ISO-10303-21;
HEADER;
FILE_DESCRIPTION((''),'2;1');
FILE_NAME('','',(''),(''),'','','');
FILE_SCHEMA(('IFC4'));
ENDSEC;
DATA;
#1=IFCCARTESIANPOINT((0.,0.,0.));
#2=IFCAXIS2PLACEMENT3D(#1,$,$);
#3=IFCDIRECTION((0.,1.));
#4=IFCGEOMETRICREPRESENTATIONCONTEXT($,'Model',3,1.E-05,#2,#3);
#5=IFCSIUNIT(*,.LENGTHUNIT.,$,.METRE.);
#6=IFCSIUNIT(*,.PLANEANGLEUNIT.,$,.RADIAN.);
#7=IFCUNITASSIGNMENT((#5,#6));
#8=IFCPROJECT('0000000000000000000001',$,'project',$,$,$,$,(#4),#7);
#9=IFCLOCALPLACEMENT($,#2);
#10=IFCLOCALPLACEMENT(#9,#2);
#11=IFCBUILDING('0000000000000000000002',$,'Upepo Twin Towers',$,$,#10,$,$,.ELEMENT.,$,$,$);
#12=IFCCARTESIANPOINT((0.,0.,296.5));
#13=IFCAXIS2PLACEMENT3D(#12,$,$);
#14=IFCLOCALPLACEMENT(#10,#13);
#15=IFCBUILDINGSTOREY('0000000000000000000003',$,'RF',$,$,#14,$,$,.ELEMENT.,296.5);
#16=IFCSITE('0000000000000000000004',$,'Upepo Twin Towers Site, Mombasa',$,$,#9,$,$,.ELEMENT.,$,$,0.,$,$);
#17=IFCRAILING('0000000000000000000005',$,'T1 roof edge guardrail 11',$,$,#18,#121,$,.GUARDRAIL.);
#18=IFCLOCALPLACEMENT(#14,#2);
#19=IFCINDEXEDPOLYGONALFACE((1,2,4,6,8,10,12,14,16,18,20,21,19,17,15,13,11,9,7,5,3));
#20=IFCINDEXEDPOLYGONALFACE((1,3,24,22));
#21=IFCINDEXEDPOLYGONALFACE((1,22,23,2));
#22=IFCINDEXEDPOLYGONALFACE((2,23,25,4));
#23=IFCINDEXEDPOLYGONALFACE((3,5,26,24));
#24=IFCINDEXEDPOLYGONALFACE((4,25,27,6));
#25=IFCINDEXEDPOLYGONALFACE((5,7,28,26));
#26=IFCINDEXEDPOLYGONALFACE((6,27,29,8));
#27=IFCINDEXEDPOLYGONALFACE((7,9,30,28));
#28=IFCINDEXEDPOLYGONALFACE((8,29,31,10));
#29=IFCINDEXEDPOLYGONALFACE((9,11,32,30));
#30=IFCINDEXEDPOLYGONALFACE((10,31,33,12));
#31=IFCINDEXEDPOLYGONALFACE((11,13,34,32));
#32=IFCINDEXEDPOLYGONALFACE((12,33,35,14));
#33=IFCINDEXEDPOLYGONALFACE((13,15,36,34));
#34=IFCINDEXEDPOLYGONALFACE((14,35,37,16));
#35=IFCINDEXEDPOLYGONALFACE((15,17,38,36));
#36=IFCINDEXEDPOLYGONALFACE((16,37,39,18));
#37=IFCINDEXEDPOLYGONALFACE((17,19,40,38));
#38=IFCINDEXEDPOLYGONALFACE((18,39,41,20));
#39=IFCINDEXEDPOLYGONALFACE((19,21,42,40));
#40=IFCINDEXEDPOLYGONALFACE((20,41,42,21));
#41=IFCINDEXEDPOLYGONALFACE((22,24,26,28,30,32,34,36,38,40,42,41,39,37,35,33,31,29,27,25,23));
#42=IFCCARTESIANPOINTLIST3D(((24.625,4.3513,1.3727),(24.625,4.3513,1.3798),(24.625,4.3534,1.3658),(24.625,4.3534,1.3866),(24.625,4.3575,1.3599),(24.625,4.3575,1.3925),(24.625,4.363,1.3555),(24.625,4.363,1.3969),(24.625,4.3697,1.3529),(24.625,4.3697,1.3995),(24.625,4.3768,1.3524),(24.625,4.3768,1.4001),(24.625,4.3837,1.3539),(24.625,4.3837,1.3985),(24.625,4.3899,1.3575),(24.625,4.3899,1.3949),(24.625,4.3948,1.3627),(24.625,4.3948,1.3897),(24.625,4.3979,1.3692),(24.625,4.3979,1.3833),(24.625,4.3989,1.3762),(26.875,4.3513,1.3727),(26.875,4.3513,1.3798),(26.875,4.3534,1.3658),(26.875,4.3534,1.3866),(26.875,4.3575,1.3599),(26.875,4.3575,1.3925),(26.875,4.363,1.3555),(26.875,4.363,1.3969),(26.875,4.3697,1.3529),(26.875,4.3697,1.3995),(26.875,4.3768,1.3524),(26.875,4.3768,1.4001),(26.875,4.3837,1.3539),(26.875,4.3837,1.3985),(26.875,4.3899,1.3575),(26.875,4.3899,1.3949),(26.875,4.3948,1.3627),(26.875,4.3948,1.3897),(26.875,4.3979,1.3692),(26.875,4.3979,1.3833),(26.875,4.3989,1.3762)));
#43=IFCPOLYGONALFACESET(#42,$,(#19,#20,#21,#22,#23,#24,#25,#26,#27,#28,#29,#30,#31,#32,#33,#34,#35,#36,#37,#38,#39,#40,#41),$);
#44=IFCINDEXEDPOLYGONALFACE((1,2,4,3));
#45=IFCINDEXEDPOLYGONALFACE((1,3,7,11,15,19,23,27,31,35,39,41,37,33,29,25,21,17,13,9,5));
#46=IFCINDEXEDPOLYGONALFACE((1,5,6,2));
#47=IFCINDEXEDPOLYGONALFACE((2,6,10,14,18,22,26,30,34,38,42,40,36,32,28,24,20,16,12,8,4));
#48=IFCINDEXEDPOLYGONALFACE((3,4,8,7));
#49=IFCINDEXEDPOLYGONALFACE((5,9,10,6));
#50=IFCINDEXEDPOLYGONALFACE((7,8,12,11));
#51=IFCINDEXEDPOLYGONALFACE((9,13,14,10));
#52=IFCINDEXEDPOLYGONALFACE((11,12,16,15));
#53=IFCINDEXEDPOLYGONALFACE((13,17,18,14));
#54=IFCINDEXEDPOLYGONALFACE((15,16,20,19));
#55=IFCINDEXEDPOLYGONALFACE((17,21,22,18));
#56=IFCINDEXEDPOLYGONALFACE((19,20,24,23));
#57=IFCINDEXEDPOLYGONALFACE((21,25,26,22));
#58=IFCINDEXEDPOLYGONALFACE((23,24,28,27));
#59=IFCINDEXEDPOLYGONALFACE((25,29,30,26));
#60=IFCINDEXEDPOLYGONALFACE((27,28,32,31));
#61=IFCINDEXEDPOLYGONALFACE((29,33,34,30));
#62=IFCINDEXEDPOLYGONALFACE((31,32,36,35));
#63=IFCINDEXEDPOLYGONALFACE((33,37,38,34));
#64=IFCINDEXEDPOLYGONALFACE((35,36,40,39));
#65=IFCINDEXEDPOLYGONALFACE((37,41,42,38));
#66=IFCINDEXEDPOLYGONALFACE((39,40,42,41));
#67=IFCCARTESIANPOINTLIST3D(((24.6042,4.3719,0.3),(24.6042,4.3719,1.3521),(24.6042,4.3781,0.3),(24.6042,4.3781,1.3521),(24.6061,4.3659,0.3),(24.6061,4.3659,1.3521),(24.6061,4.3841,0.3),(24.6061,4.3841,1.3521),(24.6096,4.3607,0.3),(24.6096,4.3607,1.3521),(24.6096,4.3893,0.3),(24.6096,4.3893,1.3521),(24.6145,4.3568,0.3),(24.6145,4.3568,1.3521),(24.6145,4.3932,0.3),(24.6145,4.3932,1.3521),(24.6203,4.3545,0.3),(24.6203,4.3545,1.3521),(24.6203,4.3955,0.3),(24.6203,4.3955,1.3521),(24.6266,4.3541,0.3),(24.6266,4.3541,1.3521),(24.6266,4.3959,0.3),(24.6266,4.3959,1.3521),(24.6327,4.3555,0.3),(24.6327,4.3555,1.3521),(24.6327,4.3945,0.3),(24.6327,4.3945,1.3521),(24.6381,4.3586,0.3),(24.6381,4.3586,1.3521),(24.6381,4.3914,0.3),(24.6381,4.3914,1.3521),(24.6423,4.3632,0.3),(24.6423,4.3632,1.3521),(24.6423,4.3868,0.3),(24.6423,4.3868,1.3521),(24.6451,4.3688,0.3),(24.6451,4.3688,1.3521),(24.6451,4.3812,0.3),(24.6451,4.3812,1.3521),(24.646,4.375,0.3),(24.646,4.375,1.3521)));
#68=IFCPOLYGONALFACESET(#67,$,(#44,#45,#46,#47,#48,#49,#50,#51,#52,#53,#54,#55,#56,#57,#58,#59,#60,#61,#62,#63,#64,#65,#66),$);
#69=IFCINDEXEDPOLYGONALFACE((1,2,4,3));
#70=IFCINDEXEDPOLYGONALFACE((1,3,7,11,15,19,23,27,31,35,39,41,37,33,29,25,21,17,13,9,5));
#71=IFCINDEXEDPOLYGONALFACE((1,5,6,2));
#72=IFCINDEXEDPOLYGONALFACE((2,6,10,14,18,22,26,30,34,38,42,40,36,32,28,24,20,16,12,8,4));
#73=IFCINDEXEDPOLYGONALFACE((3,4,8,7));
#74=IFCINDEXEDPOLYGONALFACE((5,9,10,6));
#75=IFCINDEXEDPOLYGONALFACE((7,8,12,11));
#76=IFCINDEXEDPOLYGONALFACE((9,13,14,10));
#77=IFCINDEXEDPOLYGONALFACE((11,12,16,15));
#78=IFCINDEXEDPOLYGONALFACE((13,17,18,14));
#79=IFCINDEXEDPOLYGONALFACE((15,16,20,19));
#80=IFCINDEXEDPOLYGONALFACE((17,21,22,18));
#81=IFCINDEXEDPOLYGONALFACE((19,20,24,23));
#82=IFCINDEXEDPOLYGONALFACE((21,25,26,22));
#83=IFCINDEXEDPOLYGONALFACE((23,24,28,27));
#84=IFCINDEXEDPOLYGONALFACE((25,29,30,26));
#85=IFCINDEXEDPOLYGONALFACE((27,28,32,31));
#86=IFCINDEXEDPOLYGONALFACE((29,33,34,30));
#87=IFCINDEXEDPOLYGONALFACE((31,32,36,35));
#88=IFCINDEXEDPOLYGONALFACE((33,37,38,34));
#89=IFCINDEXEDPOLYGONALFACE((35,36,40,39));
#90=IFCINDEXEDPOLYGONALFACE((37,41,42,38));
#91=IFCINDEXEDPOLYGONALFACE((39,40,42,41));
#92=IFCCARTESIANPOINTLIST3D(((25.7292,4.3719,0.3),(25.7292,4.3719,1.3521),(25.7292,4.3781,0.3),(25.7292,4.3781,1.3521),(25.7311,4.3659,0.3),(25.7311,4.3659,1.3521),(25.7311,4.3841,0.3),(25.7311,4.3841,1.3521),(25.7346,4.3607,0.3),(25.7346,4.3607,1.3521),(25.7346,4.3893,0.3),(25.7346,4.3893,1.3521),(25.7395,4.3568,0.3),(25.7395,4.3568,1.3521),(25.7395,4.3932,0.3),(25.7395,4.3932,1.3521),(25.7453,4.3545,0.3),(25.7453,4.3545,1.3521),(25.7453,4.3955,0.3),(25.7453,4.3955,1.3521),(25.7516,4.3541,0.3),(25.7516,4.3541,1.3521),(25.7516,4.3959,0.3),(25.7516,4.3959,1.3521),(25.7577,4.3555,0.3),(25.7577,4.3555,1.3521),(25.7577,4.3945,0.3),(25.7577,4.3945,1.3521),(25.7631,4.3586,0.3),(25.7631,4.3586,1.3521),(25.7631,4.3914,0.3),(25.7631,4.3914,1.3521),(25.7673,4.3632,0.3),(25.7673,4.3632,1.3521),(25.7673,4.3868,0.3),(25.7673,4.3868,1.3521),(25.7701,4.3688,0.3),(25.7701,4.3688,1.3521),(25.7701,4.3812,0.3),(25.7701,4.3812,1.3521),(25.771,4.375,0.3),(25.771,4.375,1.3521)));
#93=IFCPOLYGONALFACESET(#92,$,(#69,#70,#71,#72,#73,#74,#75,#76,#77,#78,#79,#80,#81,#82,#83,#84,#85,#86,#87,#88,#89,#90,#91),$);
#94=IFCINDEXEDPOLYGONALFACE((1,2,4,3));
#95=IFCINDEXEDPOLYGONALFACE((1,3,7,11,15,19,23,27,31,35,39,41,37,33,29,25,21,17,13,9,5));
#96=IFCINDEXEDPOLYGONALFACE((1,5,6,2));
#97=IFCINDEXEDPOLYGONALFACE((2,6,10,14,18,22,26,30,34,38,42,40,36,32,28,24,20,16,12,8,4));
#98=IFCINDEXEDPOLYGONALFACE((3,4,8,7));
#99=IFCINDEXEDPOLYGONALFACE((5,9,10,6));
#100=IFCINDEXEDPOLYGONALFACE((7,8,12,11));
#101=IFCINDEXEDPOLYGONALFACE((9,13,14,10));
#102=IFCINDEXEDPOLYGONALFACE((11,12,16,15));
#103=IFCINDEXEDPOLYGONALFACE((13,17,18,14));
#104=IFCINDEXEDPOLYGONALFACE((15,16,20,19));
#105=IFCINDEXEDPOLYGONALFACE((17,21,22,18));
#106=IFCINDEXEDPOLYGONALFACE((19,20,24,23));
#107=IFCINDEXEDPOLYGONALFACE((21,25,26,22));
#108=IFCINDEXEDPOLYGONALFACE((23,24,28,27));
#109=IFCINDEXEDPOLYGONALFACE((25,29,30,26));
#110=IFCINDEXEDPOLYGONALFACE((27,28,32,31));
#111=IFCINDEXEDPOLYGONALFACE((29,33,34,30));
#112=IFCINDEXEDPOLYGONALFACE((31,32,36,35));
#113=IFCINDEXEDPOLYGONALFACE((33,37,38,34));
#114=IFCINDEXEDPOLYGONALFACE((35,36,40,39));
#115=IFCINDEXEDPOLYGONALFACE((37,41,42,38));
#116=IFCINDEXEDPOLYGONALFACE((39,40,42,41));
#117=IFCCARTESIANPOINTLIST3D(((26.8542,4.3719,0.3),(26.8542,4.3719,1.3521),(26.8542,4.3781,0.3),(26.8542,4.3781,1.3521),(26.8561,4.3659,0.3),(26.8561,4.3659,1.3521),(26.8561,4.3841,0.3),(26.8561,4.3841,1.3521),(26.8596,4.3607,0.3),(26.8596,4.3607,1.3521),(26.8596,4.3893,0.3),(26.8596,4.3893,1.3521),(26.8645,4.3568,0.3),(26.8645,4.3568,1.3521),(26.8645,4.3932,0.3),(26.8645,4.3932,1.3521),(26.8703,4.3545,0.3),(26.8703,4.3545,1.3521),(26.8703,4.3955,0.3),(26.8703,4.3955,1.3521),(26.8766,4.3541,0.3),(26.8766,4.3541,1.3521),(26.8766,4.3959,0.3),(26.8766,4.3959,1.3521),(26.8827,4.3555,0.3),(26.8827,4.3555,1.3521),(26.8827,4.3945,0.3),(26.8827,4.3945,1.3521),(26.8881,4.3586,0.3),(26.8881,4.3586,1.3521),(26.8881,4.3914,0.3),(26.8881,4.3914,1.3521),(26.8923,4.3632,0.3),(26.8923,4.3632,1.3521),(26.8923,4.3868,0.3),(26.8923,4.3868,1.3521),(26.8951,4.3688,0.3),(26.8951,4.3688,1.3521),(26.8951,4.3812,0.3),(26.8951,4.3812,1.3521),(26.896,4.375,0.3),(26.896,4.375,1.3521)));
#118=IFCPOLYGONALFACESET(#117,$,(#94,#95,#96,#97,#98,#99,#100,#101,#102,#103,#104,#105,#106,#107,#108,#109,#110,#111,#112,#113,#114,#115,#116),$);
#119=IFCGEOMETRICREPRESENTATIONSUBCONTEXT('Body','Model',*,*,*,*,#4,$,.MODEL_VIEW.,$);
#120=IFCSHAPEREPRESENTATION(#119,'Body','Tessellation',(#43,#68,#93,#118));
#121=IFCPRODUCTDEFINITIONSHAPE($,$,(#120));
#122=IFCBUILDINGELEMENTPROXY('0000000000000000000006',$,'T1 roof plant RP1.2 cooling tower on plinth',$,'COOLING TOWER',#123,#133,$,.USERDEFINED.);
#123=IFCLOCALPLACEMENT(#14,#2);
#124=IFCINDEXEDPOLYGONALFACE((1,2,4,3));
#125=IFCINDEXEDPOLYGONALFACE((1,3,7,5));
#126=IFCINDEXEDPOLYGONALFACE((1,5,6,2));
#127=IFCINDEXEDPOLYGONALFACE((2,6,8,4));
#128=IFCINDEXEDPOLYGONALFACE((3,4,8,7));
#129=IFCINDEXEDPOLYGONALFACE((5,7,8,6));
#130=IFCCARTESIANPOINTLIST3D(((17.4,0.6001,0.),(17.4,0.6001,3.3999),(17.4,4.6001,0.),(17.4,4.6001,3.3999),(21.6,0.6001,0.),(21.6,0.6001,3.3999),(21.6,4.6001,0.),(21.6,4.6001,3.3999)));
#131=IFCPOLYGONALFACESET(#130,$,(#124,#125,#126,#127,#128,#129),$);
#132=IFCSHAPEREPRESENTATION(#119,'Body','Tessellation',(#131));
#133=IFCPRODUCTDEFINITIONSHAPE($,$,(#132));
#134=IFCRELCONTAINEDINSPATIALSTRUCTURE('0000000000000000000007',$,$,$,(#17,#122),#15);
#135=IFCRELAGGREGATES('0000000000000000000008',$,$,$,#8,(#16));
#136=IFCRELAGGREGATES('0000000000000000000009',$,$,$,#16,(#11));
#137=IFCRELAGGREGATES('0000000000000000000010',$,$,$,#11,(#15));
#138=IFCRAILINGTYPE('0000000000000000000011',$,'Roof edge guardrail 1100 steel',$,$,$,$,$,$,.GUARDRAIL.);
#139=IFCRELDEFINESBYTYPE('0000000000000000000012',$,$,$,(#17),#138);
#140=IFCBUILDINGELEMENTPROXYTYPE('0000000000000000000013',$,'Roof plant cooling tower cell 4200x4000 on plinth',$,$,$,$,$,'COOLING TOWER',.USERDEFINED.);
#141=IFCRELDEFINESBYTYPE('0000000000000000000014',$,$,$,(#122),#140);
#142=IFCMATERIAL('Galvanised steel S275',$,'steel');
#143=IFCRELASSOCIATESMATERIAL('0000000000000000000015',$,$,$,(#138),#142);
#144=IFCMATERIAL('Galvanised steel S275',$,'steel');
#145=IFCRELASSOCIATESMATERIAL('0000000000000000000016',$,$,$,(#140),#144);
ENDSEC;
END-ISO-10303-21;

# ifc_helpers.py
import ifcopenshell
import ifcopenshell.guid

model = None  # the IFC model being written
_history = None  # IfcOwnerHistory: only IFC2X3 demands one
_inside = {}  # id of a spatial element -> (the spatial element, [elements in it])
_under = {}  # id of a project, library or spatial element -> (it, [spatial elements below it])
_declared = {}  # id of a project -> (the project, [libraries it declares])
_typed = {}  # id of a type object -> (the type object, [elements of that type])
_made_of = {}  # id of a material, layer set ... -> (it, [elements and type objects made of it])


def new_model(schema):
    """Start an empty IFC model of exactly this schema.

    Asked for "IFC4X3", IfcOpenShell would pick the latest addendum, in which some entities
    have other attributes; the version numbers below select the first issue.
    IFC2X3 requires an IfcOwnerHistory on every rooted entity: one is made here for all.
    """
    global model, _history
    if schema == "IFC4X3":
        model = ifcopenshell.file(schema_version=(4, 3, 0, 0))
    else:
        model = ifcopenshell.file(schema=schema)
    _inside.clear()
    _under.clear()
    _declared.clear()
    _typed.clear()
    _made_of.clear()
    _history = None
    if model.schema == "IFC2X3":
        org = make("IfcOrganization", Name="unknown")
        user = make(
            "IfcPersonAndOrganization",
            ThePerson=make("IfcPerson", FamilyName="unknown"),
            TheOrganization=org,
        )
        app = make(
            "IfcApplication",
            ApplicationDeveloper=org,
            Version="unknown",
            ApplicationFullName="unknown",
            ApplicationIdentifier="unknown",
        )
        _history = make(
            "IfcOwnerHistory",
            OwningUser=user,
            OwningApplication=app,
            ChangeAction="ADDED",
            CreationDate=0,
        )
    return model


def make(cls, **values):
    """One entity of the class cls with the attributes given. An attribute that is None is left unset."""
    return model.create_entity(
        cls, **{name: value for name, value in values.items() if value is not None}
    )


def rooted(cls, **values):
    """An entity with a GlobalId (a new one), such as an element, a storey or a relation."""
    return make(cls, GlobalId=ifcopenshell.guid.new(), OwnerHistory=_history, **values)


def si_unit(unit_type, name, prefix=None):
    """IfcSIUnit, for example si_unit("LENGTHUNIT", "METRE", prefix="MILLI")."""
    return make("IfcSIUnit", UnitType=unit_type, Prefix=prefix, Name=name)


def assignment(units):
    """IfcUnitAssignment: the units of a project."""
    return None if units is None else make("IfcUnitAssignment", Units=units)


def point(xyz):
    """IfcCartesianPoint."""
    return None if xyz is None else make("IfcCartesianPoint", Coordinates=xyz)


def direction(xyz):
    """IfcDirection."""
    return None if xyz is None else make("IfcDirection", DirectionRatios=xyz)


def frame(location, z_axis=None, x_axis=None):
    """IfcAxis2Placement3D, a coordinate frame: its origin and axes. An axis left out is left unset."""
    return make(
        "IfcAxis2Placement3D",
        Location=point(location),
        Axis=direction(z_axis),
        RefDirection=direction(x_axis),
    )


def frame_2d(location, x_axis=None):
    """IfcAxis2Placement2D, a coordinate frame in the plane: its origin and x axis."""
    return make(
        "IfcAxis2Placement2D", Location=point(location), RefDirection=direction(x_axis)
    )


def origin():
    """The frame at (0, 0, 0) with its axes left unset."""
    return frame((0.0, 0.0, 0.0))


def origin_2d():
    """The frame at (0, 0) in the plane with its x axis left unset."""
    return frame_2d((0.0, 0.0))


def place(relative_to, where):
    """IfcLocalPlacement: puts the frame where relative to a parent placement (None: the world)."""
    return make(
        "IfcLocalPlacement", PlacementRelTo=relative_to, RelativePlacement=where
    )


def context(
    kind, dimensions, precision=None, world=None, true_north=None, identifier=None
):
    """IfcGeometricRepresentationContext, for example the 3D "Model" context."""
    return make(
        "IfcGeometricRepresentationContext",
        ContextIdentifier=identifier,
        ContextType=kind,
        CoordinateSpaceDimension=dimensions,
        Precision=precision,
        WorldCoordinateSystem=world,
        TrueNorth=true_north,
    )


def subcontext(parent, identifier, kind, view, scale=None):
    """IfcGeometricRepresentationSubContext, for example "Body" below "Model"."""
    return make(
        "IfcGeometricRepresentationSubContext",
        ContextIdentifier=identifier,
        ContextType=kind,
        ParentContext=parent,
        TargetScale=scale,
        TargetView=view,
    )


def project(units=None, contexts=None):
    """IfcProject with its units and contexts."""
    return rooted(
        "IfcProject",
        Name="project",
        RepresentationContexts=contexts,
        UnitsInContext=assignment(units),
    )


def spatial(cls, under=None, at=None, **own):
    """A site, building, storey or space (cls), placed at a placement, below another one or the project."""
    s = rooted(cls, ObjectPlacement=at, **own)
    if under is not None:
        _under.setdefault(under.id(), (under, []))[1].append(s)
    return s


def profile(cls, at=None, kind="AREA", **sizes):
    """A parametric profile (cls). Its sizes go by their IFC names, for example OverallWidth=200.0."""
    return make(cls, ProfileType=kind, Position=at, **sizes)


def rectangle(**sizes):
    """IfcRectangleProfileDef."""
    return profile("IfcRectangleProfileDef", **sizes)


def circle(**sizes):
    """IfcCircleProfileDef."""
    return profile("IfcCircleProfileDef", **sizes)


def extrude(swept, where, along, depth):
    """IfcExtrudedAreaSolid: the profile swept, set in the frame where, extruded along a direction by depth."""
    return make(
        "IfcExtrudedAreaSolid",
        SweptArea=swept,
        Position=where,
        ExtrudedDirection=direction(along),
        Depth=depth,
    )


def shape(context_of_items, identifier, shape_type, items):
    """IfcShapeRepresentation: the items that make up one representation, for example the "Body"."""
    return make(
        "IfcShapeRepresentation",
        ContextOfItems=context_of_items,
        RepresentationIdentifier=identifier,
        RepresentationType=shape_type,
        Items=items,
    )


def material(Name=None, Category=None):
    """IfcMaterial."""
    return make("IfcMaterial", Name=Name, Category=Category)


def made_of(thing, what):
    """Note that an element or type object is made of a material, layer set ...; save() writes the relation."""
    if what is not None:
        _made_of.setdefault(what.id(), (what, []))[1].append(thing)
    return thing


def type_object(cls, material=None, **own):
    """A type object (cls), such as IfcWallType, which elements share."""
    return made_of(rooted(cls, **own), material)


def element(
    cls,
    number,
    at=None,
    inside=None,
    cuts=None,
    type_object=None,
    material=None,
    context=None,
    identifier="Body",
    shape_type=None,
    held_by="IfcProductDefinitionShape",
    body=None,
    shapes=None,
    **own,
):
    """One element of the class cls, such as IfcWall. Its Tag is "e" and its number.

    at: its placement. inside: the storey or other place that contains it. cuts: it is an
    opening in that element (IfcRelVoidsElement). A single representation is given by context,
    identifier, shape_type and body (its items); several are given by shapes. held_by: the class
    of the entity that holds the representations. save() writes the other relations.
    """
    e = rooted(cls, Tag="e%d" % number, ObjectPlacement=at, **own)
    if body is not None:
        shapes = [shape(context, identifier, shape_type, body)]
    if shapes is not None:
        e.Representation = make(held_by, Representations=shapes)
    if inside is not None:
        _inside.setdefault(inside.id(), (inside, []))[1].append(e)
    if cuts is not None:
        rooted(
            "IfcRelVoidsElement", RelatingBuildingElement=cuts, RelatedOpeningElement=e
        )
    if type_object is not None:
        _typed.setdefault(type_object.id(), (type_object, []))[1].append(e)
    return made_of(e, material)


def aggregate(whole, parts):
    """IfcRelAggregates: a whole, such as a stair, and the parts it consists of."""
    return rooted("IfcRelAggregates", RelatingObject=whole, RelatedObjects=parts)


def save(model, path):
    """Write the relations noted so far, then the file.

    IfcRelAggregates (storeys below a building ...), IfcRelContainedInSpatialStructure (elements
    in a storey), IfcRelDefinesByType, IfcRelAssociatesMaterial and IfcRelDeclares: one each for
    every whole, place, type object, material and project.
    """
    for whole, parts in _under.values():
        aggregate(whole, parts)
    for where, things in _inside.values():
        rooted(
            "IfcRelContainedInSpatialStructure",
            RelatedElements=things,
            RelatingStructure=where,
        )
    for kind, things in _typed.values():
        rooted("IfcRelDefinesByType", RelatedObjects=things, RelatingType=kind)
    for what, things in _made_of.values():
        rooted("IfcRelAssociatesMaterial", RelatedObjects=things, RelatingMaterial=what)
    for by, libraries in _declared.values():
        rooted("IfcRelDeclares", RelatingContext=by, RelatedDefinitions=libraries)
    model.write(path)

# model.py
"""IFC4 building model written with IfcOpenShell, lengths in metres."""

from ifc_helpers import new_model, si_unit, direction, frame, origin, origin_2d, place, context, subcontext, project, spatial, rectangle, circle, extrude, material, type_object, element, save


model = new_model("IFC4")

# Units and contexts
model_context = context("Model", 3, precision=1e-05, world=origin(), true_north=direction((0.0, 1.0)))
body_context = subcontext(model_context, "Body", "Model", "MODEL_VIEW")
ifc_project = project(units=[si_unit("LENGTHUNIT", "METRE"), si_unit("PLANEANGLEUNIT", "RADIAN")], contexts=[model_context])

# Site, building, storey
site_placement = place(None, origin())
site = spatial("IfcSite", under=ifc_project, at=site_placement, Name="Upepo Twin Towers Site, Mombasa", CompositionType="ELEMENT", RefElevation=0.0)
building_placement = place(site_placement, origin())
building = spatial("IfcBuilding", under=site, at=building_placement, Name="Upepo Twin Towers", CompositionType="ELEMENT")
storey_placement = place(building_placement, frame((0.0, 0.0, 296.5)))
storey = spatial("IfcBuildingStorey", under=building, at=storey_placement, Name="RF", CompositionType="ELEMENT", Elevation=296.5)

# Railing
ifc_material_1 = material(Name="Galvanised steel S275", Category="steel")
railing_type = type_object("IfcRailingType", Name="Roof edge guardrail 1100 steel", PredefinedType="GUARDRAIL", material=ifc_material_1)
railing_1_placement = place(storey_placement, frame((24.625, 4.375, 0.3)))
element("IfcRailing", 1, at=railing_1_placement, inside=storey, type_object=railing_type, Name="T1 roof edge guardrail 11", PredefinedType="GUARDRAIL", context=body_context, shape_type="SweptSolid", body=[
    extrude(circle(Radius=0.0239, at=origin_2d()), frame((0.0, 0.0, 1.0762), z_axis=(1.0, 0.0, 0.0), x_axis=(0.0, 1.0, 0.0)), (0.0, 0.0, 1.0), 2.25),
    extrude(circle(Radius=0.021, at=origin_2d()), origin(), (0.0, 0.0, 1.0), 1.052),
    extrude(circle(Radius=0.021, at=origin_2d()), frame((1.125, 0.0, 0.0)), (0.0, 0.0, 1.0), 1.052),
    extrude(circle(Radius=0.021, at=origin_2d()), frame((2.25, 0.0, 0.0)), (0.0, 0.0, 1.0), 1.052),
])

# Building element proxy
ifc_material_2 = material(Name="Galvanised steel S275", Category="steel")
building_element_proxy_type = type_object("IfcBuildingElementProxyType", Name="Roof plant cooling tower cell 4200x4000 on plinth", ElementType="COOLING TOWER", PredefinedType="USERDEFINED", material=ifc_material_2)
proxy_placement = place(storey_placement, frame((19.5, 2.6001, 0.0), z_axis=(0.0, 0.0, 1.0), x_axis=(1.0, 0.0, 0.0)))
element("IfcBuildingElementProxy", 2, at=proxy_placement, inside=storey, type_object=building_element_proxy_type, Name="T1 roof plant RP1.2 cooling tower on plinth", ObjectType="COOLING TOWER", PredefinedType="USERDEFINED", context=body_context, shape_type="SweptSolid", body=[
    extrude(rectangle(XDim=4.2, YDim=4.0, at=origin_2d()), origin(), (0.0, 0.0, 1.0), 3.3999),
])

save(model, "model.ifc")
